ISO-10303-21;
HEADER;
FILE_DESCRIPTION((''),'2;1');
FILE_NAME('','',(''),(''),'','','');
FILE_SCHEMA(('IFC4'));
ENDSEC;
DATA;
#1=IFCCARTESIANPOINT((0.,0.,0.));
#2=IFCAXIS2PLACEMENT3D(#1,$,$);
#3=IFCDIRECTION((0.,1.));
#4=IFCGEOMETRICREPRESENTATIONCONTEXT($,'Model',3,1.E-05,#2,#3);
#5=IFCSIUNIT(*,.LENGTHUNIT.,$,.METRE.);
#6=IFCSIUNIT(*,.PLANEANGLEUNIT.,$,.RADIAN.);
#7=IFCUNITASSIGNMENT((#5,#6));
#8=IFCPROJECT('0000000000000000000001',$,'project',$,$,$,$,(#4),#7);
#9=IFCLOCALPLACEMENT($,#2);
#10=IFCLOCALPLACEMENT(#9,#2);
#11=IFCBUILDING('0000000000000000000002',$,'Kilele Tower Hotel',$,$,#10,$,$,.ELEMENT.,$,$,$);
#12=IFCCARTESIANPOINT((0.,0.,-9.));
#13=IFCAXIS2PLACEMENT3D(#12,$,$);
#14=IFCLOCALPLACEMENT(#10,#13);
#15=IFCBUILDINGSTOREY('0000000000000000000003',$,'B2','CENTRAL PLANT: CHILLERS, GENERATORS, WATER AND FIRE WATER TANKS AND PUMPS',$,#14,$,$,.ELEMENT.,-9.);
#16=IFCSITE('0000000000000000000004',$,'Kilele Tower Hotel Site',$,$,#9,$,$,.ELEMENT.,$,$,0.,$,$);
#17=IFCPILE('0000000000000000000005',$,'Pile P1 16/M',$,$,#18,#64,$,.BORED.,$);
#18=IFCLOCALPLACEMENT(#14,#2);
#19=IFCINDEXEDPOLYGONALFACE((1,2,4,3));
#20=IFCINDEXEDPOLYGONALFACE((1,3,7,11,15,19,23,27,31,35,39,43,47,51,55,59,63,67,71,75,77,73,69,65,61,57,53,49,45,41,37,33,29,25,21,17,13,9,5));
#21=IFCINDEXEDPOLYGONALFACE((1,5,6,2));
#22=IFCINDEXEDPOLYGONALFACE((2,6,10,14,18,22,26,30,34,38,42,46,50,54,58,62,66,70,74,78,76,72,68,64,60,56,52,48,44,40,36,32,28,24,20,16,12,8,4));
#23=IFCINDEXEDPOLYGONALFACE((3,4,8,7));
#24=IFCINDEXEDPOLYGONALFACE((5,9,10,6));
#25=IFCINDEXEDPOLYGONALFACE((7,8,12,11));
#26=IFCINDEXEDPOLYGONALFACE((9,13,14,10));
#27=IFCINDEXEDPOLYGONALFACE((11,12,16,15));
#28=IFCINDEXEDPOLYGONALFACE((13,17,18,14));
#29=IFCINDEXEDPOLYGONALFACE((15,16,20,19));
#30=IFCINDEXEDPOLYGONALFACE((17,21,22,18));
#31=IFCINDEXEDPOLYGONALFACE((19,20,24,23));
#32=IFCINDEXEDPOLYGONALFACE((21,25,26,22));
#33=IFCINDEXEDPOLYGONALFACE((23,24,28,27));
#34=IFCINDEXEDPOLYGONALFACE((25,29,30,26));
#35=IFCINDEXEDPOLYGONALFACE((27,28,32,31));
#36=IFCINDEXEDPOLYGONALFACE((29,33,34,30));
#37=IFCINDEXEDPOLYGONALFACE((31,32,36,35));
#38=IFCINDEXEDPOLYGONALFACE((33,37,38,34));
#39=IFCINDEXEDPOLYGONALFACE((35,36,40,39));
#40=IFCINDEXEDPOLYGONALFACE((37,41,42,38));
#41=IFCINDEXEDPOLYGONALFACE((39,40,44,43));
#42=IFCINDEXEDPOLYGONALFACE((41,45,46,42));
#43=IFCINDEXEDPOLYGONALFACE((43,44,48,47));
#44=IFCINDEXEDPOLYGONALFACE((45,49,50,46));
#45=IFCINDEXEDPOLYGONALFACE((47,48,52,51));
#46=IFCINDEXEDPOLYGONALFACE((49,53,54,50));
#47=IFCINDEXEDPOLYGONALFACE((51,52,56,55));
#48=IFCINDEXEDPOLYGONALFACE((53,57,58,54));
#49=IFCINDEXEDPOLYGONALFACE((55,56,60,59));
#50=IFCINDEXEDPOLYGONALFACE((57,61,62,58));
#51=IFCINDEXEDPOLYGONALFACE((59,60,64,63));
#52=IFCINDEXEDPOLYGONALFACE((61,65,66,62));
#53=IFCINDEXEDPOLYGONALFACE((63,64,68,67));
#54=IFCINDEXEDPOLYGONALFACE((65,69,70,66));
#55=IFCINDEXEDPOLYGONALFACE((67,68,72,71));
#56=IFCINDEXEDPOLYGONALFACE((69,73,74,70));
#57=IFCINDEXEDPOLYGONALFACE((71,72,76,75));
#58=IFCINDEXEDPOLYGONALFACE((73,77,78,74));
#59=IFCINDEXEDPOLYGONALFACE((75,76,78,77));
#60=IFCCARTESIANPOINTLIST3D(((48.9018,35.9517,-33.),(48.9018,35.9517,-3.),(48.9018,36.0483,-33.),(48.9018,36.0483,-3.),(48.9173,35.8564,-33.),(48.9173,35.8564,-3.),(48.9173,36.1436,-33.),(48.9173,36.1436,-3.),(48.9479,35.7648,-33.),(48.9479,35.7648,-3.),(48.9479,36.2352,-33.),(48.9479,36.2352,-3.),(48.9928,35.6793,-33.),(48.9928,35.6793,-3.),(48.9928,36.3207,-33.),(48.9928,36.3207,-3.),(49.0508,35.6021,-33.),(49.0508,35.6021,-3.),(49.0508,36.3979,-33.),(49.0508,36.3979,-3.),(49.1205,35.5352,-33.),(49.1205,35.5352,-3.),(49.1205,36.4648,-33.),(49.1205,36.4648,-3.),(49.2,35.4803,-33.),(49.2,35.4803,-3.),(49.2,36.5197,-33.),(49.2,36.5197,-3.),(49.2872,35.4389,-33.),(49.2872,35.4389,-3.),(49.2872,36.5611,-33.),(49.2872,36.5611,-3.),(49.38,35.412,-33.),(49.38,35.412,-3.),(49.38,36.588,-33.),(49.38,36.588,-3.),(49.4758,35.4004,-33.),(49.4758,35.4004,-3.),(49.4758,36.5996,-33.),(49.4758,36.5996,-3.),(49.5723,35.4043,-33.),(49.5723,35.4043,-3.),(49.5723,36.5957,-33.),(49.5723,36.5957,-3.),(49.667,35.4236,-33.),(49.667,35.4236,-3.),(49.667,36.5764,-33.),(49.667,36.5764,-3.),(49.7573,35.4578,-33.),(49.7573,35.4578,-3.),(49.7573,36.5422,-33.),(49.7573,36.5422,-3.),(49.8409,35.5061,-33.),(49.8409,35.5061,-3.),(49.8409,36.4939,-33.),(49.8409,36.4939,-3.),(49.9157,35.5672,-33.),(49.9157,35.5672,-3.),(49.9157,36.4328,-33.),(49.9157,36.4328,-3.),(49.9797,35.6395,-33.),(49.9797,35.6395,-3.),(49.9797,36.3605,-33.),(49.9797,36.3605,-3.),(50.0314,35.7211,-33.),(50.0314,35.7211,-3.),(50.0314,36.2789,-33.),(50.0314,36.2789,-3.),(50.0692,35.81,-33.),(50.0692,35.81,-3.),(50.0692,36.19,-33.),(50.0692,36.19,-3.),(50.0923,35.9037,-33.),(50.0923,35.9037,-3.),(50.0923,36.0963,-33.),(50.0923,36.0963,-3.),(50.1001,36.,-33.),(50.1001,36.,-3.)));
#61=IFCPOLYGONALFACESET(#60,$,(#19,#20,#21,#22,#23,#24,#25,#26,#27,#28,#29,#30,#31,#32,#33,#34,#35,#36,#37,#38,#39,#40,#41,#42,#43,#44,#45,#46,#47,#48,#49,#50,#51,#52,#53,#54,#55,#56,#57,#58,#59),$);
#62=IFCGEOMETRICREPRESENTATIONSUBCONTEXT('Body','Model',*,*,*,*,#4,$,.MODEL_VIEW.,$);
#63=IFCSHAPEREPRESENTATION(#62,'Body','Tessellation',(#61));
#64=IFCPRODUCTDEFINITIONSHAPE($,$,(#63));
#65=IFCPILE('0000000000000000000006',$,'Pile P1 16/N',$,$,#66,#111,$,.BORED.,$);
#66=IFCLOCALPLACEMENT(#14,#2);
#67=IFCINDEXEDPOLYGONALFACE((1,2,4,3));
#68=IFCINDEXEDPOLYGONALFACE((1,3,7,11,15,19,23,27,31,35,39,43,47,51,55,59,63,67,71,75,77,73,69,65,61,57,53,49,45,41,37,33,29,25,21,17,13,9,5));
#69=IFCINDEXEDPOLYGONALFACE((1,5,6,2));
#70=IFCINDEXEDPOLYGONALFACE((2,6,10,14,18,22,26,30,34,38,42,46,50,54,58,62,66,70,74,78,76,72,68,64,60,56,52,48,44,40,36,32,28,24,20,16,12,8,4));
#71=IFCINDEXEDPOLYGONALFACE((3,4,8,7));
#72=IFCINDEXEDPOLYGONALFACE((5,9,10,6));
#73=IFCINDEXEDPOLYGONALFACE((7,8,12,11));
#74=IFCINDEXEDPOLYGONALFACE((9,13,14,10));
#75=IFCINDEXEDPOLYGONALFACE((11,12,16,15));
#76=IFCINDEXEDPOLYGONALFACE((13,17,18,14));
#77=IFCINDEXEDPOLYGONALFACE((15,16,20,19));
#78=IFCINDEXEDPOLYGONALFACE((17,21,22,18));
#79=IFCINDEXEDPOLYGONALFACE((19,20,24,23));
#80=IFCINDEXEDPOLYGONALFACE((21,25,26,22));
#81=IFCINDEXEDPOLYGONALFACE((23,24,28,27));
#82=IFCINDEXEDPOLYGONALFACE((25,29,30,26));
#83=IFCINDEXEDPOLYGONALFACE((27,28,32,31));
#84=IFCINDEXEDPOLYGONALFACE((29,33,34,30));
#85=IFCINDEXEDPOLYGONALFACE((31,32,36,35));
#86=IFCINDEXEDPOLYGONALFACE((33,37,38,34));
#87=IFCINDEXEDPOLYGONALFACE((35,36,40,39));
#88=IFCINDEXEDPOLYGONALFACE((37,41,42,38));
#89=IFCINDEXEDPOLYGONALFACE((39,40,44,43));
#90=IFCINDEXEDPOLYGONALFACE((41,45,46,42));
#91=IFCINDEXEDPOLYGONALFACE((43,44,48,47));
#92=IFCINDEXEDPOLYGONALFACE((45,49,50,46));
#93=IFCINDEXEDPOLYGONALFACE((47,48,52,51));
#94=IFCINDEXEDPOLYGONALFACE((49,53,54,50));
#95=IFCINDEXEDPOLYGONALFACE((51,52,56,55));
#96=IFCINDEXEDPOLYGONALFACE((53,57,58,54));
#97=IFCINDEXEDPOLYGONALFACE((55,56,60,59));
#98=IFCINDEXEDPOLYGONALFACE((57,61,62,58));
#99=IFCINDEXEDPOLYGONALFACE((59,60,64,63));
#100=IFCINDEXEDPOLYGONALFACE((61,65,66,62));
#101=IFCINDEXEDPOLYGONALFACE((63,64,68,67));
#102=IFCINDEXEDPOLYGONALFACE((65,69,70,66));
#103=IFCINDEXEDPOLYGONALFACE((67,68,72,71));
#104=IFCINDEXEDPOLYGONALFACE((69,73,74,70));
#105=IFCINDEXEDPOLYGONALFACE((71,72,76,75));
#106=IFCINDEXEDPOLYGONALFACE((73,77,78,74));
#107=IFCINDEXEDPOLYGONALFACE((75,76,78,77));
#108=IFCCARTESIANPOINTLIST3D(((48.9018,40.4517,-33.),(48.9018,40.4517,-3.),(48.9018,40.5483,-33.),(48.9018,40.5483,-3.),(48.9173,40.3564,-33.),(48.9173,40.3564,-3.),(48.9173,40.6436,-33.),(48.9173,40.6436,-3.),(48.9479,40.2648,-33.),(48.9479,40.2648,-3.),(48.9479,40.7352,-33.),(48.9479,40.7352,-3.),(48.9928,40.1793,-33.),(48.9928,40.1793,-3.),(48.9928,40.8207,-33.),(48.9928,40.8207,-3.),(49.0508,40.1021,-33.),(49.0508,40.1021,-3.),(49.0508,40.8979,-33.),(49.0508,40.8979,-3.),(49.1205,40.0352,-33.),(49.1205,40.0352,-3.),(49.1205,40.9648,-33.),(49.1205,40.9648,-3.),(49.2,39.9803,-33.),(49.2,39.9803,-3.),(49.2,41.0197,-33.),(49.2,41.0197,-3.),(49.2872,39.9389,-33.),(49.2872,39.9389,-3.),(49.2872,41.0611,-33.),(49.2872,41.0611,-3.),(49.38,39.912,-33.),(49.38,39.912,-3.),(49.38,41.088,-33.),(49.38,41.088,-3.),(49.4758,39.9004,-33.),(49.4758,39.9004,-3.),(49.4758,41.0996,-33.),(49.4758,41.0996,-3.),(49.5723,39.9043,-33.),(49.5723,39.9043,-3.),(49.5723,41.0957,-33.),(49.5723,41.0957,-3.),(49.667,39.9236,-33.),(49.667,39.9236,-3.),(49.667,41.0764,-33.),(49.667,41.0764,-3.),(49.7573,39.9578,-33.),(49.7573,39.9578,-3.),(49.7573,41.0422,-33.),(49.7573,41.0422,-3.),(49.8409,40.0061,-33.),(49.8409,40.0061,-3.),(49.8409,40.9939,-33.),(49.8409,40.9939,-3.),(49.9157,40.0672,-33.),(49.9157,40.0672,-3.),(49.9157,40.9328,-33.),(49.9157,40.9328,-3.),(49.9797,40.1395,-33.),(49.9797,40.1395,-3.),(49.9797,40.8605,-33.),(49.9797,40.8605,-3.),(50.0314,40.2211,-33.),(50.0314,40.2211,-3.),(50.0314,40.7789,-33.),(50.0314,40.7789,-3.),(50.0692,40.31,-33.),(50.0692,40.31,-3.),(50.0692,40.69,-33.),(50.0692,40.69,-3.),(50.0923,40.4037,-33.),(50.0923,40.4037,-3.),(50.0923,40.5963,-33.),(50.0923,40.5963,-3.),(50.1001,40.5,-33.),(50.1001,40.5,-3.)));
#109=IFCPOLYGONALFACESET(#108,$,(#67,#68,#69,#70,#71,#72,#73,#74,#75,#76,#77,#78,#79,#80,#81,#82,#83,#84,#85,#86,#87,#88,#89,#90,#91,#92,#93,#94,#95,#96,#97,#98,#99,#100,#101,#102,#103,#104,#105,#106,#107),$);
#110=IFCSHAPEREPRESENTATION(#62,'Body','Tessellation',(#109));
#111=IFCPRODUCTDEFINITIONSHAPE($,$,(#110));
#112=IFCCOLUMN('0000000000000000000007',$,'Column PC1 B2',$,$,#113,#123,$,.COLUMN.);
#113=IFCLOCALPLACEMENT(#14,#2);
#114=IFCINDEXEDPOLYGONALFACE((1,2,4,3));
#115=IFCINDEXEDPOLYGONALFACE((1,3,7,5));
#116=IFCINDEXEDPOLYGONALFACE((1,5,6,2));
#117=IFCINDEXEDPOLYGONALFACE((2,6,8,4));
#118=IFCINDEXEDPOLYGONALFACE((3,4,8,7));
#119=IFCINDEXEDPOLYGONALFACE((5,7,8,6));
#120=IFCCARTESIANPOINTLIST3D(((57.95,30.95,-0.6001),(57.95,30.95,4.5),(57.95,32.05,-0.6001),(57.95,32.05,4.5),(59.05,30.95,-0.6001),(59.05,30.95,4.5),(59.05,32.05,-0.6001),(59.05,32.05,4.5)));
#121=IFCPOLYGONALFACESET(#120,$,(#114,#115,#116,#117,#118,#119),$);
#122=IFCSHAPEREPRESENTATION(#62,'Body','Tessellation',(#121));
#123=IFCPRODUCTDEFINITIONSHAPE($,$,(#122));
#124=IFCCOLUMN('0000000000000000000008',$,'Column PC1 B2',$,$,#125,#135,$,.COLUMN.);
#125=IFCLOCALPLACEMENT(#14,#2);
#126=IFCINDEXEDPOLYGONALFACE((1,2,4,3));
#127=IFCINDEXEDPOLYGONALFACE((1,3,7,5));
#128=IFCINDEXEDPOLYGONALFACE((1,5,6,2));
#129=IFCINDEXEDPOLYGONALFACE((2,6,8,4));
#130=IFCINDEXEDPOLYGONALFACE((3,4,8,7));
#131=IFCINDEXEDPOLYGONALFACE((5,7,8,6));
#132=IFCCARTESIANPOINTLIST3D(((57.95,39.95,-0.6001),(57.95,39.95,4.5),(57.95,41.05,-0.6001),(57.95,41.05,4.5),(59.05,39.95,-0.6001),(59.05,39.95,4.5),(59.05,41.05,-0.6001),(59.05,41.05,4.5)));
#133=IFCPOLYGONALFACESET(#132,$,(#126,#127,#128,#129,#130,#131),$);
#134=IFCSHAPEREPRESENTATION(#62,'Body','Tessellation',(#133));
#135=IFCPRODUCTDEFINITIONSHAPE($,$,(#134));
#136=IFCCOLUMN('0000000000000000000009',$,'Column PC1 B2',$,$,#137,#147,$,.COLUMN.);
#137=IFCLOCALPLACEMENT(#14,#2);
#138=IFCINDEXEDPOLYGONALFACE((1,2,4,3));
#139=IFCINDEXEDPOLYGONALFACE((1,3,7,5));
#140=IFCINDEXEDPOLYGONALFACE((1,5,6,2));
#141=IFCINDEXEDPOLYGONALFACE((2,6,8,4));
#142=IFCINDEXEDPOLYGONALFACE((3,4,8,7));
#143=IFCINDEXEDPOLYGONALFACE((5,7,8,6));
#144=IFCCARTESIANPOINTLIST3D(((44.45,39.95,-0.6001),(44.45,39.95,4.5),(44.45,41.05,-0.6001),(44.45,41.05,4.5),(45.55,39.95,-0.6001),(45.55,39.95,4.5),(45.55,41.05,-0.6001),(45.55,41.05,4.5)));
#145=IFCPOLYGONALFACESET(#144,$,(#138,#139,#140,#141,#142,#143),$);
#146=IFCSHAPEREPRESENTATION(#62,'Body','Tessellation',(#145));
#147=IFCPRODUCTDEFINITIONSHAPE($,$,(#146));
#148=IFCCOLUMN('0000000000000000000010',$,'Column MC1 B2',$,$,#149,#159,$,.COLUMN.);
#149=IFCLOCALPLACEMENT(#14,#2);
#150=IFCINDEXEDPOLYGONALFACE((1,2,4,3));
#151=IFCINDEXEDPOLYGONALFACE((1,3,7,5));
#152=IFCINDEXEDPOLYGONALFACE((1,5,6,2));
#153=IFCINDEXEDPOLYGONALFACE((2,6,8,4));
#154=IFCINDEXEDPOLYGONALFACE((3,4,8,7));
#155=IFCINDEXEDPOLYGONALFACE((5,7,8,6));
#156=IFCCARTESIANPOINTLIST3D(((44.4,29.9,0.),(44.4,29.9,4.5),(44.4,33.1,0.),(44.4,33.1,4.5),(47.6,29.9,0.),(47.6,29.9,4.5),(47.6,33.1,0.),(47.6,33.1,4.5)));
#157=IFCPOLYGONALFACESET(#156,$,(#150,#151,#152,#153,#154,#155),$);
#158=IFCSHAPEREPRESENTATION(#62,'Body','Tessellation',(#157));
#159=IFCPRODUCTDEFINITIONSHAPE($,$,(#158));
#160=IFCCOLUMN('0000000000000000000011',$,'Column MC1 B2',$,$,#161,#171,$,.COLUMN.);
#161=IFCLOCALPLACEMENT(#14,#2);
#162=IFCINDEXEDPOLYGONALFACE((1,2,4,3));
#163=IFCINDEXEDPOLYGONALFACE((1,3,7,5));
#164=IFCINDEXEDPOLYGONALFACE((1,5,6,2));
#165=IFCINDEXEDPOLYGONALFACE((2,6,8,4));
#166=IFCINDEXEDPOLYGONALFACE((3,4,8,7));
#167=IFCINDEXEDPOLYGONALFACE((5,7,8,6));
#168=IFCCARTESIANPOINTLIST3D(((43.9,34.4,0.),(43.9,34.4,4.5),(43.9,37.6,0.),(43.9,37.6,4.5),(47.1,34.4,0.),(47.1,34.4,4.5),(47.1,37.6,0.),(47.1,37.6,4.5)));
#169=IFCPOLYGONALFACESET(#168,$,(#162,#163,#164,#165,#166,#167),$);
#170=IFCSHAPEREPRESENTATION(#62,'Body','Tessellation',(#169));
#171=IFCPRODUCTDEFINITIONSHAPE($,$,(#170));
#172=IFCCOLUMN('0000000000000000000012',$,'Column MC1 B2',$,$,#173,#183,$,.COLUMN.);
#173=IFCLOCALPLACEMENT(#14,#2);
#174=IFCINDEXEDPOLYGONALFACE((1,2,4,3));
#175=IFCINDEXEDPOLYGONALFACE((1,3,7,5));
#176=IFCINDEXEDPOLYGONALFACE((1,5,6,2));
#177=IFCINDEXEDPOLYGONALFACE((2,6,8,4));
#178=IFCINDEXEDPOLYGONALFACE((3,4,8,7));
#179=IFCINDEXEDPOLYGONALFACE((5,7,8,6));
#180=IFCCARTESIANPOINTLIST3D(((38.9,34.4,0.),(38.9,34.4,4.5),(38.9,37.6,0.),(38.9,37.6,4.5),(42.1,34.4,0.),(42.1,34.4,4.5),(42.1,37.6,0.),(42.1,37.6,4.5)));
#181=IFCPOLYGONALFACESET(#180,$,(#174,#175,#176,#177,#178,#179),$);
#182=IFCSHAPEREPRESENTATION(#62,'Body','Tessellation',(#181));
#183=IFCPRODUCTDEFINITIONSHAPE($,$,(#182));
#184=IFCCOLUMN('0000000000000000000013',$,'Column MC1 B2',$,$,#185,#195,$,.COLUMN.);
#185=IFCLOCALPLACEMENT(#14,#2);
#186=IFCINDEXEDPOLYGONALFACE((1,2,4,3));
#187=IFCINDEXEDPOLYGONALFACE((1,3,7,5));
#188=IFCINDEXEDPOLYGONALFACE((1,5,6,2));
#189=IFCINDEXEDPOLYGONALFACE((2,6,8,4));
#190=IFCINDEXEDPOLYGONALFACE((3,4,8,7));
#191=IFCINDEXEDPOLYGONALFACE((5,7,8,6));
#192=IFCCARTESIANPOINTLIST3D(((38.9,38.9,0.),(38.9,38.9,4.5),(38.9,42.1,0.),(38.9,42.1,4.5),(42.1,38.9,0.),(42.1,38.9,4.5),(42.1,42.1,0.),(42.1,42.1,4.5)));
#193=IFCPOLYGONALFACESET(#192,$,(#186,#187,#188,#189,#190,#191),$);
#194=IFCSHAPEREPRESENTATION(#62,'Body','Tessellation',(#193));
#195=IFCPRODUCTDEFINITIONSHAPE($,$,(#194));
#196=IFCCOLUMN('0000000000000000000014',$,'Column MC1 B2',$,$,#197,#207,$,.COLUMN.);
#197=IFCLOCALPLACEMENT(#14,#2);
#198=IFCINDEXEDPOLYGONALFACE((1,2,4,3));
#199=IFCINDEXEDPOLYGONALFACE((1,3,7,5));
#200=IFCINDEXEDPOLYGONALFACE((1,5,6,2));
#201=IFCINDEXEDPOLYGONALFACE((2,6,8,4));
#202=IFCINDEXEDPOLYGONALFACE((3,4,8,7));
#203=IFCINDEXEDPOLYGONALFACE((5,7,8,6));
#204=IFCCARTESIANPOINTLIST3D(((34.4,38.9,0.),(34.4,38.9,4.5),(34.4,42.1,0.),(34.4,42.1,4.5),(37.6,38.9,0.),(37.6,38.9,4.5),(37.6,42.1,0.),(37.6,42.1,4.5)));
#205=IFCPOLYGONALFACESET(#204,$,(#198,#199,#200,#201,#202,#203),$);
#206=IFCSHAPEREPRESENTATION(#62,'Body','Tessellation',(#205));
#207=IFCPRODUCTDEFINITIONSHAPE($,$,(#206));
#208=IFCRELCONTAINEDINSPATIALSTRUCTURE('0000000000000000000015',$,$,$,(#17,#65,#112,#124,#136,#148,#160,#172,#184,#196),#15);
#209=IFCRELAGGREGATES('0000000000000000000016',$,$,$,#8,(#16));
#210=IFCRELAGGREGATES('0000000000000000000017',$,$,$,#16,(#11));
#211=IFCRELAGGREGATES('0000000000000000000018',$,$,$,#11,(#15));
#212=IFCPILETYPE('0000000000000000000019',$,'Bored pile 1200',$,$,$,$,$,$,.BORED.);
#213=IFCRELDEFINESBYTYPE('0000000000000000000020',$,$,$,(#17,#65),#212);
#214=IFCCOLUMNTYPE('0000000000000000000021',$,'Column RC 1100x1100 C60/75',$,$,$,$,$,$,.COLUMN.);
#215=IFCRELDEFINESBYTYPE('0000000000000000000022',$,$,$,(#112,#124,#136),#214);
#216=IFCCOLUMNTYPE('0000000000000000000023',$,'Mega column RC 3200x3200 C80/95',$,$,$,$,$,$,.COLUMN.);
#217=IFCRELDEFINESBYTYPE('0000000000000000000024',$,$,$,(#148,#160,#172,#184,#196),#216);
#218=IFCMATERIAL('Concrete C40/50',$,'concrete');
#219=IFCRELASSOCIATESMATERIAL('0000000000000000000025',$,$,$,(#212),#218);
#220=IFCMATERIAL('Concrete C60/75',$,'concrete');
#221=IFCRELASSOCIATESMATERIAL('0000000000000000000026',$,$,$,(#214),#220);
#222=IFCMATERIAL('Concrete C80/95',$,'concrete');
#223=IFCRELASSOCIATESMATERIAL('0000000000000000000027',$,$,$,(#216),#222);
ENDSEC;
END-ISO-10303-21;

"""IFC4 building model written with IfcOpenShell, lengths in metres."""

from ifc_helpers import new_model, si_unit, direction, frame, origin, origin_2d, place, context, subcontext, project, spatial, rectangle, circle, extrude, material, material_profile, profile_set, type_object, element, save


model = new_model("IFC4")

# Units and contexts
model_context = context("Model", 3, precision=1e-05, world=origin(), true_north=direction((0.0, 1.0)))
body_context = subcontext(model_context, "Body", "Model", "MODEL_VIEW")
ifc_project = project(units=[si_unit("LENGTHUNIT", "METRE"), si_unit("PLANEANGLEUNIT", "RADIAN")], contexts=[model_context])

# Site, building, storey
site_placement = place(None, origin())
site = spatial("IfcSite", under=ifc_project, at=site_placement, Name="Kilele Tower Hotel Site", CompositionType="ELEMENT", RefElevation=0.0)
building_placement = place(site_placement, origin())
building = spatial("IfcBuilding", under=site, at=building_placement, Name="Kilele Tower Hotel", CompositionType="ELEMENT")
storey_placement = place(building_placement, frame((0.0, 0.0, -9.0)))
storey = spatial("IfcBuildingStorey", under=building, at=storey_placement, Name="B2", Description="CENTRAL PLANT: CHILLERS, GENERATORS, WATER AND FIRE WATER TANKS AND PUMPS", CompositionType="ELEMENT", Elevation=-9.0)

# Piles
ifc_material_1 = material(Name="Concrete C40/50", Category="concrete")
ifc_material_profile_1 = material_profile(ifc_material_1, circle(Radius=0.6001, at=origin_2d()))
ifc_profile_set_1 = profile_set([ifc_material_profile_1], Name="Concrete C40/50")
pile_type = type_object("IfcPileType", Name="Bored pile 1200", PredefinedType="BORED", material=ifc_profile_set_1)
for number, where, z_axis, x_axis, name in (
    (1, (49.5, 36.0, -3.0), (0.0, 0.0, -1.0), (1.0, 0.0, 0.0), "Pile P1 16/M"),
    (2, (49.5, 40.5, -3.0), (0.0, 0.0, -1.0), (1.0, 0.0, 0.0), "Pile P1 16/N"),
):
    element("IfcPile", number, at=place(storey_placement, frame(where, z_axis=z_axis, x_axis=x_axis)), inside=storey, type_object=pile_type, Name=name, PredefinedType="BORED", context=body_context, shape_type="SweptSolid", body=[
        extrude(circle(Radius=0.6001, at=origin_2d()), origin(), (0.0, 0.0, 1.0), 30.0),
    ])

# Columns
ifc_material_2 = material(Name="Concrete C60/75", Category="concrete")
ifc_material_profile_2 = material_profile(ifc_material_2, rectangle(XDim=1.1001, YDim=1.1001, at=origin_2d()))
ifc_profile_set_2 = profile_set([ifc_material_profile_2], Name="Concrete C60/75")
column_type_1 = type_object("IfcColumnType", Name="Column RC 1100x1100 C60/75", PredefinedType="COLUMN", material=ifc_profile_set_2)
for number, where, z_axis, x_axis, name in (
    (3, (58.5, 31.5, -0.6001), (0.0, 0.0, 1.0), (1.0, 0.0, 0.0), "Column PC1 B2"),
    (4, (58.5, 40.5, -0.6001), (0.0, 0.0, 1.0), (1.0, 0.0, 0.0), "Column PC1 B2"),
    (5, (45.0, 40.5, -0.6001), (0.0, 0.0, 1.0), (1.0, 0.0, 0.0), "Column PC1 B2"),
):
    element("IfcColumn", number, at=place(storey_placement, frame(where, z_axis=z_axis, x_axis=x_axis)), inside=storey, type_object=column_type_1, Name=name, PredefinedType="COLUMN", context=body_context, shape_type="SweptSolid", body=[
        extrude(rectangle(XDim=1.1001, YDim=1.1001, at=origin_2d()), origin(), (0.0, 0.0, 1.0), 5.1001),
    ])
ifc_material_3 = material(Name="Concrete C80/95", Category="concrete")
ifc_material_profile_3 = material_profile(ifc_material_3, rectangle(XDim=3.2, YDim=3.2, at=origin_2d()))
ifc_profile_set_3 = profile_set([ifc_material_profile_3], Name="Concrete C80/95")
column_type_2 = type_object("IfcColumnType", Name="Mega column RC 3200x3200 C80/95", PredefinedType="COLUMN", material=ifc_profile_set_3)
for number, where, z_axis, x_axis, name in (
    (6, (46.0, 31.5, 0.0), (0.0, 0.0, 1.0), (1.0, 0.0, 0.0), "Column MC1 B2"),
    (7, (45.5, 36.0, 0.0), (0.0, 0.0, 1.0), (1.0, 0.0, 0.0), "Column MC1 B2"),
    (8, (40.5, 36.0, 0.0), (0.0, 0.0, 1.0), (1.0, 0.0, 0.0), "Column MC1 B2"),
    (9, (40.5, 40.5, 0.0), (0.0, 0.0, 1.0), (1.0, 0.0, 0.0), "Column MC1 B2"),
    (10, (36.0, 40.5, 0.0), (0.0, 0.0, 1.0), (1.0, 0.0, 0.0), "Column MC1 B2"),
):
    element("IfcColumn", number, at=place(storey_placement, frame(where, z_axis=z_axis, x_axis=x_axis)), inside=storey, type_object=column_type_2, Name=name, PredefinedType="COLUMN", context=body_context, shape_type="SweptSolid", body=[
        extrude(rectangle(XDim=3.2, YDim=3.2, at=origin_2d()), origin(), (0.0, 0.0, 1.0), 4.5),
    ])

save(model, "model.ifc")
